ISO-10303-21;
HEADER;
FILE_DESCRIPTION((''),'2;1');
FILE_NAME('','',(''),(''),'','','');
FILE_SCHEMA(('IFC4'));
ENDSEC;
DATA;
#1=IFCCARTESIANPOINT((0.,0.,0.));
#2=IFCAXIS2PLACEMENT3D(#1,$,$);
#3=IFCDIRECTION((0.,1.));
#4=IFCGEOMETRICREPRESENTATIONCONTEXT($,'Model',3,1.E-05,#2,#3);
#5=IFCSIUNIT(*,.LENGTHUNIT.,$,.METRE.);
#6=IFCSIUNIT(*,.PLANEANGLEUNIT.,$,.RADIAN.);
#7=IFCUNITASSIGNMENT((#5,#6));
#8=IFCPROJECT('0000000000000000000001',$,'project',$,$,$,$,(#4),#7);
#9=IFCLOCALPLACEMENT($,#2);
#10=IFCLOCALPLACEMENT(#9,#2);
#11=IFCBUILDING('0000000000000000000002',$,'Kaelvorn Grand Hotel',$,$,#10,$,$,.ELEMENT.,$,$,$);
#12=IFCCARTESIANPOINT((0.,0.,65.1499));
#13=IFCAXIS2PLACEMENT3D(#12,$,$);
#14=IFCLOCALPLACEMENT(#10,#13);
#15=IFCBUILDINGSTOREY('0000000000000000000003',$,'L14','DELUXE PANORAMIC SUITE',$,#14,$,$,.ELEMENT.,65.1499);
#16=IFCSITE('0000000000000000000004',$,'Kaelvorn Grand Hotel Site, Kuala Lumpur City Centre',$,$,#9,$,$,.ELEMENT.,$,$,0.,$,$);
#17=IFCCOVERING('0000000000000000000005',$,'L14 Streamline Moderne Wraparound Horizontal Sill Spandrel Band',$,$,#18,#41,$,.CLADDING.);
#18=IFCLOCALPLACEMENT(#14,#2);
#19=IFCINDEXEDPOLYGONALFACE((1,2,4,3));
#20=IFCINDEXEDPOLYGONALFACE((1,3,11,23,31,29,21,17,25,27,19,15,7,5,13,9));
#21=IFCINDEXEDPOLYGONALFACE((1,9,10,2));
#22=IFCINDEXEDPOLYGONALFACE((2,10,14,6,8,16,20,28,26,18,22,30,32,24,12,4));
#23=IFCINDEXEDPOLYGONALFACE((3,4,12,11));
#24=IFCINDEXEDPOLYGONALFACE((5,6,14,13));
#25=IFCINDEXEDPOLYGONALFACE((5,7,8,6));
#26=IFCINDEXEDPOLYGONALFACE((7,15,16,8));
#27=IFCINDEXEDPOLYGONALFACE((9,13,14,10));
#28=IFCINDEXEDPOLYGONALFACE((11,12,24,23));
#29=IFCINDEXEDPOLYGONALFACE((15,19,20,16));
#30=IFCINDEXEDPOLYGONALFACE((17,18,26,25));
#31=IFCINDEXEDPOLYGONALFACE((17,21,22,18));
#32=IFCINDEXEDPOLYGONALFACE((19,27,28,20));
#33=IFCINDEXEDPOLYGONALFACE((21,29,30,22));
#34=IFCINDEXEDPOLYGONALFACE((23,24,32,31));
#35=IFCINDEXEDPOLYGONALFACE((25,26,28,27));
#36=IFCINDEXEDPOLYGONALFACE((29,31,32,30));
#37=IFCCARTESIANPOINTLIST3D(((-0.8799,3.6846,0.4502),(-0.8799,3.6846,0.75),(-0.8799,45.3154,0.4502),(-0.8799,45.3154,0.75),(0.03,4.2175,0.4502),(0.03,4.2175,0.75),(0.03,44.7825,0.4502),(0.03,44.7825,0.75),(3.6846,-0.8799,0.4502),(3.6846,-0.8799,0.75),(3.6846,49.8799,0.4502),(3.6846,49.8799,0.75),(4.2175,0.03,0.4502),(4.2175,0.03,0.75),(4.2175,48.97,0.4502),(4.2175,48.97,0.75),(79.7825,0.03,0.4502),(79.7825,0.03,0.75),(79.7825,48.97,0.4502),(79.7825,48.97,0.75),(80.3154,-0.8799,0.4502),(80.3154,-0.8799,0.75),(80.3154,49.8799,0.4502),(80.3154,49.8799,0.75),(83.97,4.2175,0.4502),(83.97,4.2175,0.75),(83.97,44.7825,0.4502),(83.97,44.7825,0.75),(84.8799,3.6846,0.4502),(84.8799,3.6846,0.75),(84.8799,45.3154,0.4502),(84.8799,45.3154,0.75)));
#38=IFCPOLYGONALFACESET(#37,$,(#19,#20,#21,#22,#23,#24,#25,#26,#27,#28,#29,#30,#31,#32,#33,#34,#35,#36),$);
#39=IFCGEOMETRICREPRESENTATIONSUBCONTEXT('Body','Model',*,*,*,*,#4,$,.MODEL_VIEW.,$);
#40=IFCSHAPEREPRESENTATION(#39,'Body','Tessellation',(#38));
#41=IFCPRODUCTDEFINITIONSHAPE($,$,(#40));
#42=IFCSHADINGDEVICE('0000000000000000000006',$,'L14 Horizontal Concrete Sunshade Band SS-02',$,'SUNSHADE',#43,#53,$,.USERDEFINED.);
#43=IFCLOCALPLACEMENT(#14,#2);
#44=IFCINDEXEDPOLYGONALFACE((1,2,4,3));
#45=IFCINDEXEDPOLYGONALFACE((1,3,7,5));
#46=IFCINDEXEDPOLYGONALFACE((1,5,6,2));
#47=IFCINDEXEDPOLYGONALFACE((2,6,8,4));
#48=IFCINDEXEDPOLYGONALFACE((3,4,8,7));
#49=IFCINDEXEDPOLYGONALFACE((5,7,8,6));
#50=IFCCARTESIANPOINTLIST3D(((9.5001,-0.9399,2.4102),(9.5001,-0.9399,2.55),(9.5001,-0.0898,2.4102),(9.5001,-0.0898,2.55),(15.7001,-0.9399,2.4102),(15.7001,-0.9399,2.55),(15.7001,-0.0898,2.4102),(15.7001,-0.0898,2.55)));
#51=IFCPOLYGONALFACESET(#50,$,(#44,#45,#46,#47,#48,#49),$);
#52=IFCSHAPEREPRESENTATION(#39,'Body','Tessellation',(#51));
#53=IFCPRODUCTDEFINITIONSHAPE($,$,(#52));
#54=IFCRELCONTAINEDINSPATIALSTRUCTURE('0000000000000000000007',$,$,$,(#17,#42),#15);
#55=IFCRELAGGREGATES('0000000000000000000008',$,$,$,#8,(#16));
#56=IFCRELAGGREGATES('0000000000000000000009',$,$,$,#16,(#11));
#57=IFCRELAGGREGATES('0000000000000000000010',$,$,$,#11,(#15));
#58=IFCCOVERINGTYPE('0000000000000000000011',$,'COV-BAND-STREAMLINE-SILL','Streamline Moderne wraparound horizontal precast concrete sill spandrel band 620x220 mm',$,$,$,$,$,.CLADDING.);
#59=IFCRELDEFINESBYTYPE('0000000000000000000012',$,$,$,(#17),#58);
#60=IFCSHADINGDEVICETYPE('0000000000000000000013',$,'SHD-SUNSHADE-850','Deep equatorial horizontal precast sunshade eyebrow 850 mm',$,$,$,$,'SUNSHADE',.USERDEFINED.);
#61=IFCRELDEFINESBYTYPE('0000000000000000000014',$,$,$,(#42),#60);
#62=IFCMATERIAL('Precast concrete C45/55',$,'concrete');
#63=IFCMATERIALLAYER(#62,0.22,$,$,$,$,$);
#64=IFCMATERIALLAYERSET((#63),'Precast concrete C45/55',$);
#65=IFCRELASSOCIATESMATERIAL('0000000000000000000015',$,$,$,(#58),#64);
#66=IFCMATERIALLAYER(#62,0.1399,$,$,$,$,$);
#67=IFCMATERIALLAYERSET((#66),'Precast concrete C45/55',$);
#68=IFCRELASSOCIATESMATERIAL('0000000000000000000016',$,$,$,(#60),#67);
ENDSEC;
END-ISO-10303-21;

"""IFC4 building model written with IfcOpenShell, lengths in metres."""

from ifc_helpers import new_model, si_unit, direction, frame, origin, origin_2d, place, context, subcontext, project, spatial, polyline, rectangle, outline, extrude, material, layer, layer_set, type_object, element, save


model = new_model("IFC4")

# Units and contexts
model_context = context("Model", 3, precision=1e-05, world=origin(), true_north=direction((0.0, 1.0)))
body_context = subcontext(model_context, "Body", "Model", "MODEL_VIEW")
ifc_project = project(units=[si_unit("LENGTHUNIT", "METRE"), si_unit("PLANEANGLEUNIT", "RADIAN")], contexts=[model_context])

# Site, building, storey
site_placement = place(None, origin())
site = spatial("IfcSite", under=ifc_project, at=site_placement, Name="Kaelvorn Grand Hotel Site, Kuala Lumpur City Centre", CompositionType="ELEMENT", RefElevation=0.0)
building_placement = place(site_placement, origin())
building = spatial("IfcBuilding", under=site, at=building_placement, Name="Kaelvorn Grand Hotel", CompositionType="ELEMENT")
storey_placement = place(building_placement, frame((0.0, 0.0, 65.1499)))
storey = spatial("IfcBuildingStorey", under=building, at=storey_placement, Name="L14", Description="DELUXE PANORAMIC SUITE", CompositionType="ELEMENT", Elevation=65.1499)

# Shared definitions
ifc_material_1 = material(Name="Precast concrete C45/55", Category="concrete")

# Covering
ifc_layer_1 = layer(ifc_material_1, 0.22)
ifc_layer_set_1 = layer_set([ifc_layer_1], Name="Precast concrete C45/55")
covering_type_1 = type_object("IfcCoveringType", Name="COV-BAND-STREAMLINE-SILL", Description="Streamline Moderne wraparound horizontal precast concrete sill spandrel band 620x220 mm", PredefinedType="CLADDING", material=ifc_layer_set_1)
covering_1_placement = place(storey_placement, frame((0.0, 0.0, 0.4502)))
element("IfcCovering", 1, at=covering_1_placement, inside=storey, type_object=covering_type_1, Name="L14 Streamline Moderne Wraparound Horizontal Sill Spandrel Band", PredefinedType="CLADDING", context=body_context, shape_type="SweptSolid", body=[
    extrude(outline(polyline([(80.3154, -0.8799), (84.8799, 3.6846), (84.8799, 45.3154), (80.3154, 49.8799), (3.6846, 49.8799), (-0.8799, 45.3154), (-0.8799, 3.6846), (3.6846, -0.8799), (4.2175, 0.03), (0.03, 4.2175), (0.03, 44.7825), (4.2175, 48.97), (79.7825, 48.97), (83.97, 44.7825), (83.97, 4.2175), (79.7825, 0.03), (80.3154, -0.8799)])), origin(), (0.0, 0.0, 1.0), 0.2998),
])

# Shading device
ifc_layer_2 = layer(ifc_material_1, 0.1399)
ifc_layer_set_2 = layer_set([ifc_layer_2], Name="Precast concrete C45/55")
shading_device_type = type_object("IfcShadingDeviceType", Name="SHD-SUNSHADE-850", Description="Deep equatorial horizontal precast sunshade eyebrow 850 mm", ElementType="SUNSHADE", PredefinedType="USERDEFINED", material=ifc_layer_set_2)
shading_device_placement = place(storey_placement, frame((12.6001, -0.5149, 2.4102), z_axis=(0.0, 0.0, 1.0), x_axis=(1.0, 0.0, 0.0)))
element("IfcShadingDevice", 2, at=shading_device_placement, inside=storey, type_object=shading_device_type, Name="L14 Horizontal Concrete Sunshade Band SS-02", ObjectType="SUNSHADE", PredefinedType="USERDEFINED", context=body_context, shape_type="SweptSolid", body=[
    extrude(rectangle(XDim=6.2, YDim=0.8501, at=origin_2d()), origin(), (0.0, 0.0, 1.0), 0.1399),
])

save(model, "model.ifc")
